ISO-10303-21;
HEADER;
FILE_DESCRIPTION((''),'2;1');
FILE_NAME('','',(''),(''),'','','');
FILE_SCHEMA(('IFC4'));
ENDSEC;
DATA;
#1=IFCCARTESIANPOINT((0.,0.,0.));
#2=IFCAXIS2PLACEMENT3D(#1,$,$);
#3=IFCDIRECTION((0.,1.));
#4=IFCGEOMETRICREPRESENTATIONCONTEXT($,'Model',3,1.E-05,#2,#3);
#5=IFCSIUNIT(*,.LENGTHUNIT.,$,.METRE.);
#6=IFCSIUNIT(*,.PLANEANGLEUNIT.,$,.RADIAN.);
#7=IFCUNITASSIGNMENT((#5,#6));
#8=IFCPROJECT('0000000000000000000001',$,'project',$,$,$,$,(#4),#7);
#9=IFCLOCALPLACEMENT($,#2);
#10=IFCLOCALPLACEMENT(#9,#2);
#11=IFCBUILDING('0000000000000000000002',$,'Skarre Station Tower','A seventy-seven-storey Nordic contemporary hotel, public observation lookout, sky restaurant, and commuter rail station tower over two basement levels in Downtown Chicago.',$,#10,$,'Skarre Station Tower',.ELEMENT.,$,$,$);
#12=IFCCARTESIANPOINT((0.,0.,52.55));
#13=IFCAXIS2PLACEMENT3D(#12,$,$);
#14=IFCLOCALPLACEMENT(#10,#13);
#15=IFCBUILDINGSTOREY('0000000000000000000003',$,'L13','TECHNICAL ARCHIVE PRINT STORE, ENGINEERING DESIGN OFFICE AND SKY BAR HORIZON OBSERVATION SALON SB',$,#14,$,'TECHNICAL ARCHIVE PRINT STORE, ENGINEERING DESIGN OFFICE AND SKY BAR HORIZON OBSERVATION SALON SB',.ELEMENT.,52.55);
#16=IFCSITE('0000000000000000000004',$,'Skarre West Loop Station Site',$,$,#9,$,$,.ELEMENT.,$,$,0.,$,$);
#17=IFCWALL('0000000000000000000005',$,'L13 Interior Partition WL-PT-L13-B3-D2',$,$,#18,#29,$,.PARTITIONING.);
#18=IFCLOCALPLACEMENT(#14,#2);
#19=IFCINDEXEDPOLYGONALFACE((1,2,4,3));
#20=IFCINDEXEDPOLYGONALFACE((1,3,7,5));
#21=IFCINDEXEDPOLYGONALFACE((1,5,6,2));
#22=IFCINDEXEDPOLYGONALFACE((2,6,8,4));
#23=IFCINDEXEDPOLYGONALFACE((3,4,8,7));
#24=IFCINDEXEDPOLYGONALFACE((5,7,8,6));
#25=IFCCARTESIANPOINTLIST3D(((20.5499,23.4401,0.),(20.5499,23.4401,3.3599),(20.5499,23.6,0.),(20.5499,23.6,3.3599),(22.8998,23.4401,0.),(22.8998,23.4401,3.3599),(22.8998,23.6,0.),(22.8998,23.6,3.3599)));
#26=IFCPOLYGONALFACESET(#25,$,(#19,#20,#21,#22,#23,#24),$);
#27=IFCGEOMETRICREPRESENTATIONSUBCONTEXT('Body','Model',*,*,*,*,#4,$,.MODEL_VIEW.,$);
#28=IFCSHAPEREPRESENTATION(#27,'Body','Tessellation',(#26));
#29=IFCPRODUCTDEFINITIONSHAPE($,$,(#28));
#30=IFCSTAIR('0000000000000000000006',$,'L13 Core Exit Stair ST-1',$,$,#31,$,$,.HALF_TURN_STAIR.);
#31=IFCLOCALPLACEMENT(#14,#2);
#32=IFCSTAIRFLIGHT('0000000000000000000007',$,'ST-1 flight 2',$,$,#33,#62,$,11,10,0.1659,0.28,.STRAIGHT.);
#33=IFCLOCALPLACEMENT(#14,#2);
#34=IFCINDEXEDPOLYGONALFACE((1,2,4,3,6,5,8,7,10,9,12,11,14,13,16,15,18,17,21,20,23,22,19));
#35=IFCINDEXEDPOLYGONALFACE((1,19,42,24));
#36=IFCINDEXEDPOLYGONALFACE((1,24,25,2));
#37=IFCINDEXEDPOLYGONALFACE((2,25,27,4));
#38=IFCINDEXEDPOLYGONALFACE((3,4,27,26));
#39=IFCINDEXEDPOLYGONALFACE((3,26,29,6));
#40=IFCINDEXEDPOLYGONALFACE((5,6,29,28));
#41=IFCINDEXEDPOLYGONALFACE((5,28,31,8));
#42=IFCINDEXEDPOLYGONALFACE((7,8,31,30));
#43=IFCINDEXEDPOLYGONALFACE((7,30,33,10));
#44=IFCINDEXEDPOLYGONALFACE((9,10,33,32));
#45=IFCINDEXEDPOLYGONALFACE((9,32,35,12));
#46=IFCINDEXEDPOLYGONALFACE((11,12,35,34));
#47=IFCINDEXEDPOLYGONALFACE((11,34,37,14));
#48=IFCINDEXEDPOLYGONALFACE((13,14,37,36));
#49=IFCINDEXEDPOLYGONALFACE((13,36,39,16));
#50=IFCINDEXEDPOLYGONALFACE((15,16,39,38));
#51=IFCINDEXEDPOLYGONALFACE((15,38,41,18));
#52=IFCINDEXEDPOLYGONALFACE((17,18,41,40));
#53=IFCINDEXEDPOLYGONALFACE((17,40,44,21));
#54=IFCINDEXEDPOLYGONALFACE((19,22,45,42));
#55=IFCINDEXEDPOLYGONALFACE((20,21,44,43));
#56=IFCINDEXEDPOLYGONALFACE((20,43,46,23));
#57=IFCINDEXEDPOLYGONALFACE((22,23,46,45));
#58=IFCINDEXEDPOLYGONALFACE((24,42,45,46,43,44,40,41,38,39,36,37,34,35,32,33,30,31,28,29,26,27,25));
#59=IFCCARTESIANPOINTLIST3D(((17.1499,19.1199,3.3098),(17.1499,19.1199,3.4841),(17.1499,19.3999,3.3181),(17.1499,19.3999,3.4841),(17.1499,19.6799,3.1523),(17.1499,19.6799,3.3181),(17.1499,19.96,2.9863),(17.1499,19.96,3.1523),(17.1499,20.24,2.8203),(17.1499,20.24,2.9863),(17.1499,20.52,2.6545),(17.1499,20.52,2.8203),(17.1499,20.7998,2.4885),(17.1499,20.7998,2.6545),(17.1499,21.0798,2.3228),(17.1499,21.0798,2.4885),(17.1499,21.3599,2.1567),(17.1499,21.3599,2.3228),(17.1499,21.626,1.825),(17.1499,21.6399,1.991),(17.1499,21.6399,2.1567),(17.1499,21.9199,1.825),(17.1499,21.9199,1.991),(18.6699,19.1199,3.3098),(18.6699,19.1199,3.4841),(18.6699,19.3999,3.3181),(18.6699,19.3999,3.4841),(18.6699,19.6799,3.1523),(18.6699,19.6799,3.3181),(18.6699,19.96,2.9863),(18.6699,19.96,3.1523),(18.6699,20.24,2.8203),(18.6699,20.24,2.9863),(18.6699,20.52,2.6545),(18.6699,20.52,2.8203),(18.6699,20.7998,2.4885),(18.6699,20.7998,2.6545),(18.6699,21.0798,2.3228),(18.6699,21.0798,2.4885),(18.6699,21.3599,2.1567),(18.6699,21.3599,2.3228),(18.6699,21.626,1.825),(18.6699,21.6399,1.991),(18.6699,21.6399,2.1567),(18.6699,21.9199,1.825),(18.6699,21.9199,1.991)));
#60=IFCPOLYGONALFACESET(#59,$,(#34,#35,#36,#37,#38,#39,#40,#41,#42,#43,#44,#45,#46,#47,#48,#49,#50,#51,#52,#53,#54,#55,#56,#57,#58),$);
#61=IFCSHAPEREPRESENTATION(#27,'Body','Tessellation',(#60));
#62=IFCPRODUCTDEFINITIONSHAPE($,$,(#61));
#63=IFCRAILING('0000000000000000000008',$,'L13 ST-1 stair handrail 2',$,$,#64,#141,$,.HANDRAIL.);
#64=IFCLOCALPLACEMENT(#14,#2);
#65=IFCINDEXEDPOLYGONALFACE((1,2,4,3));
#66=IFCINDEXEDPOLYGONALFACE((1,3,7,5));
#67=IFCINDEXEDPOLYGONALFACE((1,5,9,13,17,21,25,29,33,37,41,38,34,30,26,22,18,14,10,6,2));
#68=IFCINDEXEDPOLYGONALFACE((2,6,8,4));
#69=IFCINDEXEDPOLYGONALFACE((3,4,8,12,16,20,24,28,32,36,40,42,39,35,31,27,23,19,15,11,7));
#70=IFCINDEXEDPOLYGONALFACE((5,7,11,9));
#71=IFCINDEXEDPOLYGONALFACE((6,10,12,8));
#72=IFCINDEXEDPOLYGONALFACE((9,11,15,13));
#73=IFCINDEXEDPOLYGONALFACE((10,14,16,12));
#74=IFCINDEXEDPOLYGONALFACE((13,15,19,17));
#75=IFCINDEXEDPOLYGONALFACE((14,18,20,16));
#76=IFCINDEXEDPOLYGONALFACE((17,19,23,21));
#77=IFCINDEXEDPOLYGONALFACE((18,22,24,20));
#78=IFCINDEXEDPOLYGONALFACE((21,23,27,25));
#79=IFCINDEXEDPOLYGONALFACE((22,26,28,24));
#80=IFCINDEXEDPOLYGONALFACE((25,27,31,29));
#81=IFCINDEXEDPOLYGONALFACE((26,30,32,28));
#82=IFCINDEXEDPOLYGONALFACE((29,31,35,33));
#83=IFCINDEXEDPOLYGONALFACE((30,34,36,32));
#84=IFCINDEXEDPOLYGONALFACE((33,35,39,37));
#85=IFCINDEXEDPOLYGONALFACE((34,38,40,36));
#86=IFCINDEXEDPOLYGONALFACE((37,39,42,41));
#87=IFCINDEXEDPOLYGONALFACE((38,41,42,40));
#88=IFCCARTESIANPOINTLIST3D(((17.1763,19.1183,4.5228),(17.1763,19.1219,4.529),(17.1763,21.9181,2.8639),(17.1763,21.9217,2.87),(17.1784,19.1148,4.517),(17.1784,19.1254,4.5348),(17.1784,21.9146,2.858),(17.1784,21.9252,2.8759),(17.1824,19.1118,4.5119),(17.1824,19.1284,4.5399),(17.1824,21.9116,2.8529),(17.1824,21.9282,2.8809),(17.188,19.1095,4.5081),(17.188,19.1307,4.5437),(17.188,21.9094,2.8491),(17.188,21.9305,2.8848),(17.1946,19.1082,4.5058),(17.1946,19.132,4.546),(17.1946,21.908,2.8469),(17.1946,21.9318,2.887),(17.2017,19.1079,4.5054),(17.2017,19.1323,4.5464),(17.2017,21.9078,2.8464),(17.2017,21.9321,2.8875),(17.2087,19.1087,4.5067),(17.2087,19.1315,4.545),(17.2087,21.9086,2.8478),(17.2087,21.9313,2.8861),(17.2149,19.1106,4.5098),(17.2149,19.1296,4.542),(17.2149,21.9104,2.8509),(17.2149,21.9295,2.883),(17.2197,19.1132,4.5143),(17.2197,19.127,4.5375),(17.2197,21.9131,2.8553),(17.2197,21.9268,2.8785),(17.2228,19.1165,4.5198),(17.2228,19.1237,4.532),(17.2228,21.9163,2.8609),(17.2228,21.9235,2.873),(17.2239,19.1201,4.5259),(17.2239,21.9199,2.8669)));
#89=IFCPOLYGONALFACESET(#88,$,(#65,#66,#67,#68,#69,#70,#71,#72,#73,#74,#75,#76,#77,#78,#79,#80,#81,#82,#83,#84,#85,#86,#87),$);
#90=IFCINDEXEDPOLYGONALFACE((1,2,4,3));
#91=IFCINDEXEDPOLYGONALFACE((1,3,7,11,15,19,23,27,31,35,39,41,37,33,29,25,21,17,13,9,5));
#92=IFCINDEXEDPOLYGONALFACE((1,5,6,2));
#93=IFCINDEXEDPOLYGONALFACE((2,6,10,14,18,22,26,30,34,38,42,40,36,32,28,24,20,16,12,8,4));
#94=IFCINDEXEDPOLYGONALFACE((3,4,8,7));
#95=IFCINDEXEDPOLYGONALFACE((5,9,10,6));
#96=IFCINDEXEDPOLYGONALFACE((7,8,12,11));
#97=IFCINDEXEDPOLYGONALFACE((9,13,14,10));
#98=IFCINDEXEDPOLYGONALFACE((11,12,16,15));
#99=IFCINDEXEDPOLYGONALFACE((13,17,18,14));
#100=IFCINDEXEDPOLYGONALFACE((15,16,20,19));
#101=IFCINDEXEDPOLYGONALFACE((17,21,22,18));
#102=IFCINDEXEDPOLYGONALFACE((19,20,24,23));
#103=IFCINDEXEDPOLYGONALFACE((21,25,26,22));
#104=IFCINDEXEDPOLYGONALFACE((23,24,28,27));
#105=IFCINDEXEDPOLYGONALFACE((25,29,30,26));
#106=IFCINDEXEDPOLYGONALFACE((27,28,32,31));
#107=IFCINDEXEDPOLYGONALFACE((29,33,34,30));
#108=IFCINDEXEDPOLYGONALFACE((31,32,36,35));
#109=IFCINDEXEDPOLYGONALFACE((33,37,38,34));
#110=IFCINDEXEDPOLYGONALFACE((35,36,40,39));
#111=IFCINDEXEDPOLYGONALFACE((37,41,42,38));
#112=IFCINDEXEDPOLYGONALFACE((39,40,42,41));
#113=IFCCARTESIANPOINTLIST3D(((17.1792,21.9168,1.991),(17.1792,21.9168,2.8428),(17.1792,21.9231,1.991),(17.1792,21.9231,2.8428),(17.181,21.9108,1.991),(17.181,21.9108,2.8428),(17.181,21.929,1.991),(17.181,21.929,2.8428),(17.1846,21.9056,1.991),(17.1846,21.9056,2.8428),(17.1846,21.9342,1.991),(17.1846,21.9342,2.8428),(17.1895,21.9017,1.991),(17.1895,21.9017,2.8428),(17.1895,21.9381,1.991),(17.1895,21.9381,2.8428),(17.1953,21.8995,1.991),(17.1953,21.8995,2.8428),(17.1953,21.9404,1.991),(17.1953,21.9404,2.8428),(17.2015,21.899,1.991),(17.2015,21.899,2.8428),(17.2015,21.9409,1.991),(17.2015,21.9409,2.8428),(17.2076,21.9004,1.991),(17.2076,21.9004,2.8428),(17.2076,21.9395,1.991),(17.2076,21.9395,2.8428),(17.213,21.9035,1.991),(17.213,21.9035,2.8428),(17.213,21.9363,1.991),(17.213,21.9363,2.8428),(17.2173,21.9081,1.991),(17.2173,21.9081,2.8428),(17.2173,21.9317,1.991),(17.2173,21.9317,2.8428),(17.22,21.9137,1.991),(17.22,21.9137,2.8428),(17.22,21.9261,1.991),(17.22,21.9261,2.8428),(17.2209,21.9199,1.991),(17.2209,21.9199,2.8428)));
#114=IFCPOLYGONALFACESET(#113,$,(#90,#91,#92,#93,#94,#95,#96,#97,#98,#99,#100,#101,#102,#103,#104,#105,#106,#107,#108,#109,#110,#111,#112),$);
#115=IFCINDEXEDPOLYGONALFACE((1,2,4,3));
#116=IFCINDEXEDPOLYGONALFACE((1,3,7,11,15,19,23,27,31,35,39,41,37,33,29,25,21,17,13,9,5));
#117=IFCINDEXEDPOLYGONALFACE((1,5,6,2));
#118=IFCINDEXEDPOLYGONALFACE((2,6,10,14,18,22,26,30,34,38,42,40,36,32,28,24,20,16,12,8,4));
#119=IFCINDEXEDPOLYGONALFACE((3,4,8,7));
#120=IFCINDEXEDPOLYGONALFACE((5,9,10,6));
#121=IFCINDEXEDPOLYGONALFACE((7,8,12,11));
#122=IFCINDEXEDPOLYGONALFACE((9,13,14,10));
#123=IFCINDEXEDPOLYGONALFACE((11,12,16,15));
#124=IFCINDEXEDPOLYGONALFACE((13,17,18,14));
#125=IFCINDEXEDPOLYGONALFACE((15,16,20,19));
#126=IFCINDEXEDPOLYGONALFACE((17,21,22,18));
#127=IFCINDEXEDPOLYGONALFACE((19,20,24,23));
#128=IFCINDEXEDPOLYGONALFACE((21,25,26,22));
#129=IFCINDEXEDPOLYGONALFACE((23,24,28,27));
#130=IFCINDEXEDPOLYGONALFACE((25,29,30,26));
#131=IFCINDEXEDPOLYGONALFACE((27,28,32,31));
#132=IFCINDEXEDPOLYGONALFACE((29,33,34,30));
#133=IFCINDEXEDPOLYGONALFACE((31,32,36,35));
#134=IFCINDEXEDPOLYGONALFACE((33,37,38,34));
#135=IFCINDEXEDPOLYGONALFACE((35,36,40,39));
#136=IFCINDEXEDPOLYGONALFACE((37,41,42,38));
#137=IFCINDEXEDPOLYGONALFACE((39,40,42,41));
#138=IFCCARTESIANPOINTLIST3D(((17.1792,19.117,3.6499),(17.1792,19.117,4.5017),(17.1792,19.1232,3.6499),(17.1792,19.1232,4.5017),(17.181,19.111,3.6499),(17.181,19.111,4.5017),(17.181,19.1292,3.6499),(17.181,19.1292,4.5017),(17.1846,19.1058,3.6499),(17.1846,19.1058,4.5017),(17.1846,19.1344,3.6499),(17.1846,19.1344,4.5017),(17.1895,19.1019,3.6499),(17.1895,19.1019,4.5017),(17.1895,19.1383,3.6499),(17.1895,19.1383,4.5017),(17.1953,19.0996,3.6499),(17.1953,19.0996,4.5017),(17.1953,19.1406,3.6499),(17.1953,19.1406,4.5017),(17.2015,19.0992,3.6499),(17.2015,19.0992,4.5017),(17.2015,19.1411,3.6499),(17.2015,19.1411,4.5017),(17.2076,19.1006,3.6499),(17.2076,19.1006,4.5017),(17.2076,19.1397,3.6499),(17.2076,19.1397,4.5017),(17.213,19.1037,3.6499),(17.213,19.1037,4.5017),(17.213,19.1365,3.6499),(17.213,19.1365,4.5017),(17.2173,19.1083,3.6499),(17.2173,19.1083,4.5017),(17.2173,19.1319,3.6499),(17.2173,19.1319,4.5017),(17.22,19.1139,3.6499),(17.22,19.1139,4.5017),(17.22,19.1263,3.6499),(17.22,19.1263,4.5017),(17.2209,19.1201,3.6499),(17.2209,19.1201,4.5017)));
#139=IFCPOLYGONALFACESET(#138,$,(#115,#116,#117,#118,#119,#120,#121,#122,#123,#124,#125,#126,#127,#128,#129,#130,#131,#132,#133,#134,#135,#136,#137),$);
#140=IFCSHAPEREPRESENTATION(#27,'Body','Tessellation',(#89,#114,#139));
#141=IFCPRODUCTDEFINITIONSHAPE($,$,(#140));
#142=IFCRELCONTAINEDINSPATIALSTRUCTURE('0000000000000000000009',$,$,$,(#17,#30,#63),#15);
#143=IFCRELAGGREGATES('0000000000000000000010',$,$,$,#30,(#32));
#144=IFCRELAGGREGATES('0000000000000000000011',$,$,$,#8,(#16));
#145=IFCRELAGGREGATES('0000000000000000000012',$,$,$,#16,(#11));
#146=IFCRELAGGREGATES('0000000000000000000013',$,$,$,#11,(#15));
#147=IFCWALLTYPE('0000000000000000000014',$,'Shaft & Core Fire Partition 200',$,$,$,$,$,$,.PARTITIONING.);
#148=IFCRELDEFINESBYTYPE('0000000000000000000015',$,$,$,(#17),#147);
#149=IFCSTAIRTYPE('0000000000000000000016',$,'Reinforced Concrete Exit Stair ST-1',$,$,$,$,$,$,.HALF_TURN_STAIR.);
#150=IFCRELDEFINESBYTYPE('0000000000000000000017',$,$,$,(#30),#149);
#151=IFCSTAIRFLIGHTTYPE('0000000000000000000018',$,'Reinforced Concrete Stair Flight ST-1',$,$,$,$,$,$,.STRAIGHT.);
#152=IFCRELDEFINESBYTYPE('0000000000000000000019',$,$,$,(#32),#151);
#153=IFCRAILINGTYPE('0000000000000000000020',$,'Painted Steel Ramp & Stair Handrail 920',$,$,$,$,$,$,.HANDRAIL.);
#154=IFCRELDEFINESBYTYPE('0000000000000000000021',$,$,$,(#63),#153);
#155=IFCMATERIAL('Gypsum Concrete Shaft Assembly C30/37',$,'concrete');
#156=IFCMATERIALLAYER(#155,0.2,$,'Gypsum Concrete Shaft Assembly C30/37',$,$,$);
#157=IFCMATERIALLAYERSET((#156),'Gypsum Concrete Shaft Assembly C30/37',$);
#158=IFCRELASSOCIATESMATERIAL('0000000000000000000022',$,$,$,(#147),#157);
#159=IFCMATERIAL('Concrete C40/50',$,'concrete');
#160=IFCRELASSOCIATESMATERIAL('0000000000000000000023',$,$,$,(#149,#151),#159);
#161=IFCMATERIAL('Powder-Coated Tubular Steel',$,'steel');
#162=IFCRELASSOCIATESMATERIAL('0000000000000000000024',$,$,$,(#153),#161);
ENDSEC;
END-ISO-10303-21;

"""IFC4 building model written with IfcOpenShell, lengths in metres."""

from ifc_helpers import new_model, si_unit, direction, frame, frame_2d, origin, origin_2d, place, context, subcontext, project, spatial, polyline, rectangle, circle, outline, extrude, material, layer, layer_set, type_object, element, aggregate, save


model = new_model("IFC4")

# Units and contexts
model_context = context("Model", 3, precision=1e-05, world=origin(), true_north=direction((0.0, 1.0)))
body_context = subcontext(model_context, "Body", "Model", "MODEL_VIEW")
ifc_project = project(units=[si_unit("LENGTHUNIT", "METRE"), si_unit("PLANEANGLEUNIT", "RADIAN")], contexts=[model_context])

# Site, building, storey
site_placement = place(None, origin())
site = spatial("IfcSite", under=ifc_project, at=site_placement, Name="Skarre West Loop Station Site", CompositionType="ELEMENT", RefElevation=0.0)
building_placement = place(site_placement, origin())
building = spatial("IfcBuilding", under=site, at=building_placement, Name="Skarre Station Tower", Description="A seventy-seven-storey Nordic contemporary hotel, public observation lookout, sky restaurant, and commuter rail station tower over two basement levels in Downtown Chicago.", LongName="Skarre Station Tower", CompositionType="ELEMENT")
storey_placement = place(building_placement, frame((0.0, 0.0, 52.55)))
storey = spatial("IfcBuildingStorey", under=building, at=storey_placement, Name="L13", Description="TECHNICAL ARCHIVE PRINT STORE, ENGINEERING DESIGN OFFICE AND SKY BAR HORIZON OBSERVATION SALON SB", LongName="TECHNICAL ARCHIVE PRINT STORE, ENGINEERING DESIGN OFFICE AND SKY BAR HORIZON OBSERVATION SALON SB", CompositionType="ELEMENT", Elevation=52.55)

# Shared definitions
ifc_material_1 = material(Name="Gypsum Concrete Shaft Assembly C30/37", Category="concrete")
ifc_layer_1 = layer(ifc_material_1, 0.2, Name="Gypsum Concrete Shaft Assembly C30/37")
ifc_layer_set_1 = layer_set([ifc_layer_1], Name="Gypsum Concrete Shaft Assembly C30/37")
wall_type_1 = type_object("IfcWallType", Name="Shaft & Core Fire Partition 200", PredefinedType="PARTITIONING", material=ifc_layer_set_1)

# Wall
wall_1_placement = place(storey_placement, frame((20.55, 23.52, 0.0), z_axis=(0.0, 0.0, 1.0), x_axis=(1.0, 0.0, 0.0)))
element("IfcWall", 1, at=wall_1_placement, inside=storey, type_object=wall_type_1, Name="L13 Interior Partition WL-PT-L13-B3-D2", PredefinedType="PARTITIONING", context=body_context, shape_type="SweptSolid", body=[
    extrude(rectangle(XDim=2.3499, YDim=0.1599, at=frame_2d((1.1748, 0.0))), origin(), (0.0, 0.0, 1.0), 3.3599),
])

# Stair, stair flight
ifc_material_2 = material(Name="Concrete C40/50", Category="concrete")
stair_type = type_object("IfcStairType", Name="Reinforced Concrete Exit Stair ST-1", PredefinedType="HALF_TURN_STAIR", material=ifc_material_2)
stair_placement = place(storey_placement, origin())
stair = element("IfcStair", 2, at=stair_placement, inside=storey, type_object=stair_type, Name="L13 Core Exit Stair ST-1", PredefinedType="HALF_TURN_STAIR")
stair_flight_type = type_object("IfcStairFlightType", Name="Reinforced Concrete Stair Flight ST-1", PredefinedType="STRAIGHT", material=ifc_material_2)
stair_flight_placement = place(storey_placement, frame((17.9099, 21.9199, 1.825), z_axis=(0.0, 0.0, 1.0), x_axis=(0.0, -1.0, 0.0)))
stair_flight = element("IfcStairFlight", 3, at=stair_flight_placement, type_object=stair_flight_type, Name="ST-1 flight 2", NumberOfRisers=11, NumberOfTreads=10, PredefinedType="STRAIGHT", RiserHeight=0.1659, TreadLength=0.28, context=body_context, shape_type="SweptSolid", body=[
    extrude(outline(polyline([(0.0, 0.0), (0.0, 0.166), (0.28, 0.166), (0.28, 0.3318), (0.5601, 0.3318), (0.5601, 0.4978), (0.8401, 0.4978), (0.8401, 0.6636), (1.1201, 0.6636), (1.1201, 0.8296), (1.3999, 0.8296), (1.3999, 0.9954), (1.6799, 0.9954), (1.6799, 1.1614), (1.96, 1.1614), (1.96, 1.3274), (2.24, 1.3274), (2.24, 1.4932), (2.52, 1.4932), (2.52, 1.6592), (2.8, 1.6592), (2.8, 1.825), (2.8, 1.4849), (0.2939, 0.0), (0.0, 0.0)])), frame((0.0, 0.76, 0.0), z_axis=(0.0, -1.0, 0.0), x_axis=(1.0, 0.0, 0.0)), (0.0, 0.0, 1.0), 1.52),
])
aggregate(stair, [stair_flight])

# Railing
ifc_material_3 = material(Name="Powder-Coated Tubular Steel", Category="steel")
railing_type_1 = type_object("IfcRailingType", Name="Painted Steel Ramp & Stair Handrail 920", PredefinedType="HANDRAIL", material=ifc_material_3)
railing_1_placement = place(storey_placement, frame((17.2, 21.9199, 1.991)))
element("IfcRailing", 4, at=railing_1_placement, inside=storey, type_object=railing_type_1, Name="L13 ST-1 stair handrail 2", PredefinedType="HANDRAIL", context=body_context, shape_type="SweptSolid", body=[
    extrude(circle(Radius=0.0239, at=origin_2d()), frame((0.0, 0.0, 0.876), z_axis=(0.0, -0.86032, 0.509755), x_axis=(1.0, 0.0, 0.0)), (0.0, 0.0, 1.0), 3.2544),
    extrude(circle(Radius=0.021, at=origin_2d()), origin(), (0.0, 0.0, 1.0), 0.8518),
    extrude(circle(Radius=0.021, at=origin_2d()), frame((0.0, -2.7998, 1.6589)), (0.0, 0.0, 1.0), 0.8518),
])

save(model, "model.ifc")
